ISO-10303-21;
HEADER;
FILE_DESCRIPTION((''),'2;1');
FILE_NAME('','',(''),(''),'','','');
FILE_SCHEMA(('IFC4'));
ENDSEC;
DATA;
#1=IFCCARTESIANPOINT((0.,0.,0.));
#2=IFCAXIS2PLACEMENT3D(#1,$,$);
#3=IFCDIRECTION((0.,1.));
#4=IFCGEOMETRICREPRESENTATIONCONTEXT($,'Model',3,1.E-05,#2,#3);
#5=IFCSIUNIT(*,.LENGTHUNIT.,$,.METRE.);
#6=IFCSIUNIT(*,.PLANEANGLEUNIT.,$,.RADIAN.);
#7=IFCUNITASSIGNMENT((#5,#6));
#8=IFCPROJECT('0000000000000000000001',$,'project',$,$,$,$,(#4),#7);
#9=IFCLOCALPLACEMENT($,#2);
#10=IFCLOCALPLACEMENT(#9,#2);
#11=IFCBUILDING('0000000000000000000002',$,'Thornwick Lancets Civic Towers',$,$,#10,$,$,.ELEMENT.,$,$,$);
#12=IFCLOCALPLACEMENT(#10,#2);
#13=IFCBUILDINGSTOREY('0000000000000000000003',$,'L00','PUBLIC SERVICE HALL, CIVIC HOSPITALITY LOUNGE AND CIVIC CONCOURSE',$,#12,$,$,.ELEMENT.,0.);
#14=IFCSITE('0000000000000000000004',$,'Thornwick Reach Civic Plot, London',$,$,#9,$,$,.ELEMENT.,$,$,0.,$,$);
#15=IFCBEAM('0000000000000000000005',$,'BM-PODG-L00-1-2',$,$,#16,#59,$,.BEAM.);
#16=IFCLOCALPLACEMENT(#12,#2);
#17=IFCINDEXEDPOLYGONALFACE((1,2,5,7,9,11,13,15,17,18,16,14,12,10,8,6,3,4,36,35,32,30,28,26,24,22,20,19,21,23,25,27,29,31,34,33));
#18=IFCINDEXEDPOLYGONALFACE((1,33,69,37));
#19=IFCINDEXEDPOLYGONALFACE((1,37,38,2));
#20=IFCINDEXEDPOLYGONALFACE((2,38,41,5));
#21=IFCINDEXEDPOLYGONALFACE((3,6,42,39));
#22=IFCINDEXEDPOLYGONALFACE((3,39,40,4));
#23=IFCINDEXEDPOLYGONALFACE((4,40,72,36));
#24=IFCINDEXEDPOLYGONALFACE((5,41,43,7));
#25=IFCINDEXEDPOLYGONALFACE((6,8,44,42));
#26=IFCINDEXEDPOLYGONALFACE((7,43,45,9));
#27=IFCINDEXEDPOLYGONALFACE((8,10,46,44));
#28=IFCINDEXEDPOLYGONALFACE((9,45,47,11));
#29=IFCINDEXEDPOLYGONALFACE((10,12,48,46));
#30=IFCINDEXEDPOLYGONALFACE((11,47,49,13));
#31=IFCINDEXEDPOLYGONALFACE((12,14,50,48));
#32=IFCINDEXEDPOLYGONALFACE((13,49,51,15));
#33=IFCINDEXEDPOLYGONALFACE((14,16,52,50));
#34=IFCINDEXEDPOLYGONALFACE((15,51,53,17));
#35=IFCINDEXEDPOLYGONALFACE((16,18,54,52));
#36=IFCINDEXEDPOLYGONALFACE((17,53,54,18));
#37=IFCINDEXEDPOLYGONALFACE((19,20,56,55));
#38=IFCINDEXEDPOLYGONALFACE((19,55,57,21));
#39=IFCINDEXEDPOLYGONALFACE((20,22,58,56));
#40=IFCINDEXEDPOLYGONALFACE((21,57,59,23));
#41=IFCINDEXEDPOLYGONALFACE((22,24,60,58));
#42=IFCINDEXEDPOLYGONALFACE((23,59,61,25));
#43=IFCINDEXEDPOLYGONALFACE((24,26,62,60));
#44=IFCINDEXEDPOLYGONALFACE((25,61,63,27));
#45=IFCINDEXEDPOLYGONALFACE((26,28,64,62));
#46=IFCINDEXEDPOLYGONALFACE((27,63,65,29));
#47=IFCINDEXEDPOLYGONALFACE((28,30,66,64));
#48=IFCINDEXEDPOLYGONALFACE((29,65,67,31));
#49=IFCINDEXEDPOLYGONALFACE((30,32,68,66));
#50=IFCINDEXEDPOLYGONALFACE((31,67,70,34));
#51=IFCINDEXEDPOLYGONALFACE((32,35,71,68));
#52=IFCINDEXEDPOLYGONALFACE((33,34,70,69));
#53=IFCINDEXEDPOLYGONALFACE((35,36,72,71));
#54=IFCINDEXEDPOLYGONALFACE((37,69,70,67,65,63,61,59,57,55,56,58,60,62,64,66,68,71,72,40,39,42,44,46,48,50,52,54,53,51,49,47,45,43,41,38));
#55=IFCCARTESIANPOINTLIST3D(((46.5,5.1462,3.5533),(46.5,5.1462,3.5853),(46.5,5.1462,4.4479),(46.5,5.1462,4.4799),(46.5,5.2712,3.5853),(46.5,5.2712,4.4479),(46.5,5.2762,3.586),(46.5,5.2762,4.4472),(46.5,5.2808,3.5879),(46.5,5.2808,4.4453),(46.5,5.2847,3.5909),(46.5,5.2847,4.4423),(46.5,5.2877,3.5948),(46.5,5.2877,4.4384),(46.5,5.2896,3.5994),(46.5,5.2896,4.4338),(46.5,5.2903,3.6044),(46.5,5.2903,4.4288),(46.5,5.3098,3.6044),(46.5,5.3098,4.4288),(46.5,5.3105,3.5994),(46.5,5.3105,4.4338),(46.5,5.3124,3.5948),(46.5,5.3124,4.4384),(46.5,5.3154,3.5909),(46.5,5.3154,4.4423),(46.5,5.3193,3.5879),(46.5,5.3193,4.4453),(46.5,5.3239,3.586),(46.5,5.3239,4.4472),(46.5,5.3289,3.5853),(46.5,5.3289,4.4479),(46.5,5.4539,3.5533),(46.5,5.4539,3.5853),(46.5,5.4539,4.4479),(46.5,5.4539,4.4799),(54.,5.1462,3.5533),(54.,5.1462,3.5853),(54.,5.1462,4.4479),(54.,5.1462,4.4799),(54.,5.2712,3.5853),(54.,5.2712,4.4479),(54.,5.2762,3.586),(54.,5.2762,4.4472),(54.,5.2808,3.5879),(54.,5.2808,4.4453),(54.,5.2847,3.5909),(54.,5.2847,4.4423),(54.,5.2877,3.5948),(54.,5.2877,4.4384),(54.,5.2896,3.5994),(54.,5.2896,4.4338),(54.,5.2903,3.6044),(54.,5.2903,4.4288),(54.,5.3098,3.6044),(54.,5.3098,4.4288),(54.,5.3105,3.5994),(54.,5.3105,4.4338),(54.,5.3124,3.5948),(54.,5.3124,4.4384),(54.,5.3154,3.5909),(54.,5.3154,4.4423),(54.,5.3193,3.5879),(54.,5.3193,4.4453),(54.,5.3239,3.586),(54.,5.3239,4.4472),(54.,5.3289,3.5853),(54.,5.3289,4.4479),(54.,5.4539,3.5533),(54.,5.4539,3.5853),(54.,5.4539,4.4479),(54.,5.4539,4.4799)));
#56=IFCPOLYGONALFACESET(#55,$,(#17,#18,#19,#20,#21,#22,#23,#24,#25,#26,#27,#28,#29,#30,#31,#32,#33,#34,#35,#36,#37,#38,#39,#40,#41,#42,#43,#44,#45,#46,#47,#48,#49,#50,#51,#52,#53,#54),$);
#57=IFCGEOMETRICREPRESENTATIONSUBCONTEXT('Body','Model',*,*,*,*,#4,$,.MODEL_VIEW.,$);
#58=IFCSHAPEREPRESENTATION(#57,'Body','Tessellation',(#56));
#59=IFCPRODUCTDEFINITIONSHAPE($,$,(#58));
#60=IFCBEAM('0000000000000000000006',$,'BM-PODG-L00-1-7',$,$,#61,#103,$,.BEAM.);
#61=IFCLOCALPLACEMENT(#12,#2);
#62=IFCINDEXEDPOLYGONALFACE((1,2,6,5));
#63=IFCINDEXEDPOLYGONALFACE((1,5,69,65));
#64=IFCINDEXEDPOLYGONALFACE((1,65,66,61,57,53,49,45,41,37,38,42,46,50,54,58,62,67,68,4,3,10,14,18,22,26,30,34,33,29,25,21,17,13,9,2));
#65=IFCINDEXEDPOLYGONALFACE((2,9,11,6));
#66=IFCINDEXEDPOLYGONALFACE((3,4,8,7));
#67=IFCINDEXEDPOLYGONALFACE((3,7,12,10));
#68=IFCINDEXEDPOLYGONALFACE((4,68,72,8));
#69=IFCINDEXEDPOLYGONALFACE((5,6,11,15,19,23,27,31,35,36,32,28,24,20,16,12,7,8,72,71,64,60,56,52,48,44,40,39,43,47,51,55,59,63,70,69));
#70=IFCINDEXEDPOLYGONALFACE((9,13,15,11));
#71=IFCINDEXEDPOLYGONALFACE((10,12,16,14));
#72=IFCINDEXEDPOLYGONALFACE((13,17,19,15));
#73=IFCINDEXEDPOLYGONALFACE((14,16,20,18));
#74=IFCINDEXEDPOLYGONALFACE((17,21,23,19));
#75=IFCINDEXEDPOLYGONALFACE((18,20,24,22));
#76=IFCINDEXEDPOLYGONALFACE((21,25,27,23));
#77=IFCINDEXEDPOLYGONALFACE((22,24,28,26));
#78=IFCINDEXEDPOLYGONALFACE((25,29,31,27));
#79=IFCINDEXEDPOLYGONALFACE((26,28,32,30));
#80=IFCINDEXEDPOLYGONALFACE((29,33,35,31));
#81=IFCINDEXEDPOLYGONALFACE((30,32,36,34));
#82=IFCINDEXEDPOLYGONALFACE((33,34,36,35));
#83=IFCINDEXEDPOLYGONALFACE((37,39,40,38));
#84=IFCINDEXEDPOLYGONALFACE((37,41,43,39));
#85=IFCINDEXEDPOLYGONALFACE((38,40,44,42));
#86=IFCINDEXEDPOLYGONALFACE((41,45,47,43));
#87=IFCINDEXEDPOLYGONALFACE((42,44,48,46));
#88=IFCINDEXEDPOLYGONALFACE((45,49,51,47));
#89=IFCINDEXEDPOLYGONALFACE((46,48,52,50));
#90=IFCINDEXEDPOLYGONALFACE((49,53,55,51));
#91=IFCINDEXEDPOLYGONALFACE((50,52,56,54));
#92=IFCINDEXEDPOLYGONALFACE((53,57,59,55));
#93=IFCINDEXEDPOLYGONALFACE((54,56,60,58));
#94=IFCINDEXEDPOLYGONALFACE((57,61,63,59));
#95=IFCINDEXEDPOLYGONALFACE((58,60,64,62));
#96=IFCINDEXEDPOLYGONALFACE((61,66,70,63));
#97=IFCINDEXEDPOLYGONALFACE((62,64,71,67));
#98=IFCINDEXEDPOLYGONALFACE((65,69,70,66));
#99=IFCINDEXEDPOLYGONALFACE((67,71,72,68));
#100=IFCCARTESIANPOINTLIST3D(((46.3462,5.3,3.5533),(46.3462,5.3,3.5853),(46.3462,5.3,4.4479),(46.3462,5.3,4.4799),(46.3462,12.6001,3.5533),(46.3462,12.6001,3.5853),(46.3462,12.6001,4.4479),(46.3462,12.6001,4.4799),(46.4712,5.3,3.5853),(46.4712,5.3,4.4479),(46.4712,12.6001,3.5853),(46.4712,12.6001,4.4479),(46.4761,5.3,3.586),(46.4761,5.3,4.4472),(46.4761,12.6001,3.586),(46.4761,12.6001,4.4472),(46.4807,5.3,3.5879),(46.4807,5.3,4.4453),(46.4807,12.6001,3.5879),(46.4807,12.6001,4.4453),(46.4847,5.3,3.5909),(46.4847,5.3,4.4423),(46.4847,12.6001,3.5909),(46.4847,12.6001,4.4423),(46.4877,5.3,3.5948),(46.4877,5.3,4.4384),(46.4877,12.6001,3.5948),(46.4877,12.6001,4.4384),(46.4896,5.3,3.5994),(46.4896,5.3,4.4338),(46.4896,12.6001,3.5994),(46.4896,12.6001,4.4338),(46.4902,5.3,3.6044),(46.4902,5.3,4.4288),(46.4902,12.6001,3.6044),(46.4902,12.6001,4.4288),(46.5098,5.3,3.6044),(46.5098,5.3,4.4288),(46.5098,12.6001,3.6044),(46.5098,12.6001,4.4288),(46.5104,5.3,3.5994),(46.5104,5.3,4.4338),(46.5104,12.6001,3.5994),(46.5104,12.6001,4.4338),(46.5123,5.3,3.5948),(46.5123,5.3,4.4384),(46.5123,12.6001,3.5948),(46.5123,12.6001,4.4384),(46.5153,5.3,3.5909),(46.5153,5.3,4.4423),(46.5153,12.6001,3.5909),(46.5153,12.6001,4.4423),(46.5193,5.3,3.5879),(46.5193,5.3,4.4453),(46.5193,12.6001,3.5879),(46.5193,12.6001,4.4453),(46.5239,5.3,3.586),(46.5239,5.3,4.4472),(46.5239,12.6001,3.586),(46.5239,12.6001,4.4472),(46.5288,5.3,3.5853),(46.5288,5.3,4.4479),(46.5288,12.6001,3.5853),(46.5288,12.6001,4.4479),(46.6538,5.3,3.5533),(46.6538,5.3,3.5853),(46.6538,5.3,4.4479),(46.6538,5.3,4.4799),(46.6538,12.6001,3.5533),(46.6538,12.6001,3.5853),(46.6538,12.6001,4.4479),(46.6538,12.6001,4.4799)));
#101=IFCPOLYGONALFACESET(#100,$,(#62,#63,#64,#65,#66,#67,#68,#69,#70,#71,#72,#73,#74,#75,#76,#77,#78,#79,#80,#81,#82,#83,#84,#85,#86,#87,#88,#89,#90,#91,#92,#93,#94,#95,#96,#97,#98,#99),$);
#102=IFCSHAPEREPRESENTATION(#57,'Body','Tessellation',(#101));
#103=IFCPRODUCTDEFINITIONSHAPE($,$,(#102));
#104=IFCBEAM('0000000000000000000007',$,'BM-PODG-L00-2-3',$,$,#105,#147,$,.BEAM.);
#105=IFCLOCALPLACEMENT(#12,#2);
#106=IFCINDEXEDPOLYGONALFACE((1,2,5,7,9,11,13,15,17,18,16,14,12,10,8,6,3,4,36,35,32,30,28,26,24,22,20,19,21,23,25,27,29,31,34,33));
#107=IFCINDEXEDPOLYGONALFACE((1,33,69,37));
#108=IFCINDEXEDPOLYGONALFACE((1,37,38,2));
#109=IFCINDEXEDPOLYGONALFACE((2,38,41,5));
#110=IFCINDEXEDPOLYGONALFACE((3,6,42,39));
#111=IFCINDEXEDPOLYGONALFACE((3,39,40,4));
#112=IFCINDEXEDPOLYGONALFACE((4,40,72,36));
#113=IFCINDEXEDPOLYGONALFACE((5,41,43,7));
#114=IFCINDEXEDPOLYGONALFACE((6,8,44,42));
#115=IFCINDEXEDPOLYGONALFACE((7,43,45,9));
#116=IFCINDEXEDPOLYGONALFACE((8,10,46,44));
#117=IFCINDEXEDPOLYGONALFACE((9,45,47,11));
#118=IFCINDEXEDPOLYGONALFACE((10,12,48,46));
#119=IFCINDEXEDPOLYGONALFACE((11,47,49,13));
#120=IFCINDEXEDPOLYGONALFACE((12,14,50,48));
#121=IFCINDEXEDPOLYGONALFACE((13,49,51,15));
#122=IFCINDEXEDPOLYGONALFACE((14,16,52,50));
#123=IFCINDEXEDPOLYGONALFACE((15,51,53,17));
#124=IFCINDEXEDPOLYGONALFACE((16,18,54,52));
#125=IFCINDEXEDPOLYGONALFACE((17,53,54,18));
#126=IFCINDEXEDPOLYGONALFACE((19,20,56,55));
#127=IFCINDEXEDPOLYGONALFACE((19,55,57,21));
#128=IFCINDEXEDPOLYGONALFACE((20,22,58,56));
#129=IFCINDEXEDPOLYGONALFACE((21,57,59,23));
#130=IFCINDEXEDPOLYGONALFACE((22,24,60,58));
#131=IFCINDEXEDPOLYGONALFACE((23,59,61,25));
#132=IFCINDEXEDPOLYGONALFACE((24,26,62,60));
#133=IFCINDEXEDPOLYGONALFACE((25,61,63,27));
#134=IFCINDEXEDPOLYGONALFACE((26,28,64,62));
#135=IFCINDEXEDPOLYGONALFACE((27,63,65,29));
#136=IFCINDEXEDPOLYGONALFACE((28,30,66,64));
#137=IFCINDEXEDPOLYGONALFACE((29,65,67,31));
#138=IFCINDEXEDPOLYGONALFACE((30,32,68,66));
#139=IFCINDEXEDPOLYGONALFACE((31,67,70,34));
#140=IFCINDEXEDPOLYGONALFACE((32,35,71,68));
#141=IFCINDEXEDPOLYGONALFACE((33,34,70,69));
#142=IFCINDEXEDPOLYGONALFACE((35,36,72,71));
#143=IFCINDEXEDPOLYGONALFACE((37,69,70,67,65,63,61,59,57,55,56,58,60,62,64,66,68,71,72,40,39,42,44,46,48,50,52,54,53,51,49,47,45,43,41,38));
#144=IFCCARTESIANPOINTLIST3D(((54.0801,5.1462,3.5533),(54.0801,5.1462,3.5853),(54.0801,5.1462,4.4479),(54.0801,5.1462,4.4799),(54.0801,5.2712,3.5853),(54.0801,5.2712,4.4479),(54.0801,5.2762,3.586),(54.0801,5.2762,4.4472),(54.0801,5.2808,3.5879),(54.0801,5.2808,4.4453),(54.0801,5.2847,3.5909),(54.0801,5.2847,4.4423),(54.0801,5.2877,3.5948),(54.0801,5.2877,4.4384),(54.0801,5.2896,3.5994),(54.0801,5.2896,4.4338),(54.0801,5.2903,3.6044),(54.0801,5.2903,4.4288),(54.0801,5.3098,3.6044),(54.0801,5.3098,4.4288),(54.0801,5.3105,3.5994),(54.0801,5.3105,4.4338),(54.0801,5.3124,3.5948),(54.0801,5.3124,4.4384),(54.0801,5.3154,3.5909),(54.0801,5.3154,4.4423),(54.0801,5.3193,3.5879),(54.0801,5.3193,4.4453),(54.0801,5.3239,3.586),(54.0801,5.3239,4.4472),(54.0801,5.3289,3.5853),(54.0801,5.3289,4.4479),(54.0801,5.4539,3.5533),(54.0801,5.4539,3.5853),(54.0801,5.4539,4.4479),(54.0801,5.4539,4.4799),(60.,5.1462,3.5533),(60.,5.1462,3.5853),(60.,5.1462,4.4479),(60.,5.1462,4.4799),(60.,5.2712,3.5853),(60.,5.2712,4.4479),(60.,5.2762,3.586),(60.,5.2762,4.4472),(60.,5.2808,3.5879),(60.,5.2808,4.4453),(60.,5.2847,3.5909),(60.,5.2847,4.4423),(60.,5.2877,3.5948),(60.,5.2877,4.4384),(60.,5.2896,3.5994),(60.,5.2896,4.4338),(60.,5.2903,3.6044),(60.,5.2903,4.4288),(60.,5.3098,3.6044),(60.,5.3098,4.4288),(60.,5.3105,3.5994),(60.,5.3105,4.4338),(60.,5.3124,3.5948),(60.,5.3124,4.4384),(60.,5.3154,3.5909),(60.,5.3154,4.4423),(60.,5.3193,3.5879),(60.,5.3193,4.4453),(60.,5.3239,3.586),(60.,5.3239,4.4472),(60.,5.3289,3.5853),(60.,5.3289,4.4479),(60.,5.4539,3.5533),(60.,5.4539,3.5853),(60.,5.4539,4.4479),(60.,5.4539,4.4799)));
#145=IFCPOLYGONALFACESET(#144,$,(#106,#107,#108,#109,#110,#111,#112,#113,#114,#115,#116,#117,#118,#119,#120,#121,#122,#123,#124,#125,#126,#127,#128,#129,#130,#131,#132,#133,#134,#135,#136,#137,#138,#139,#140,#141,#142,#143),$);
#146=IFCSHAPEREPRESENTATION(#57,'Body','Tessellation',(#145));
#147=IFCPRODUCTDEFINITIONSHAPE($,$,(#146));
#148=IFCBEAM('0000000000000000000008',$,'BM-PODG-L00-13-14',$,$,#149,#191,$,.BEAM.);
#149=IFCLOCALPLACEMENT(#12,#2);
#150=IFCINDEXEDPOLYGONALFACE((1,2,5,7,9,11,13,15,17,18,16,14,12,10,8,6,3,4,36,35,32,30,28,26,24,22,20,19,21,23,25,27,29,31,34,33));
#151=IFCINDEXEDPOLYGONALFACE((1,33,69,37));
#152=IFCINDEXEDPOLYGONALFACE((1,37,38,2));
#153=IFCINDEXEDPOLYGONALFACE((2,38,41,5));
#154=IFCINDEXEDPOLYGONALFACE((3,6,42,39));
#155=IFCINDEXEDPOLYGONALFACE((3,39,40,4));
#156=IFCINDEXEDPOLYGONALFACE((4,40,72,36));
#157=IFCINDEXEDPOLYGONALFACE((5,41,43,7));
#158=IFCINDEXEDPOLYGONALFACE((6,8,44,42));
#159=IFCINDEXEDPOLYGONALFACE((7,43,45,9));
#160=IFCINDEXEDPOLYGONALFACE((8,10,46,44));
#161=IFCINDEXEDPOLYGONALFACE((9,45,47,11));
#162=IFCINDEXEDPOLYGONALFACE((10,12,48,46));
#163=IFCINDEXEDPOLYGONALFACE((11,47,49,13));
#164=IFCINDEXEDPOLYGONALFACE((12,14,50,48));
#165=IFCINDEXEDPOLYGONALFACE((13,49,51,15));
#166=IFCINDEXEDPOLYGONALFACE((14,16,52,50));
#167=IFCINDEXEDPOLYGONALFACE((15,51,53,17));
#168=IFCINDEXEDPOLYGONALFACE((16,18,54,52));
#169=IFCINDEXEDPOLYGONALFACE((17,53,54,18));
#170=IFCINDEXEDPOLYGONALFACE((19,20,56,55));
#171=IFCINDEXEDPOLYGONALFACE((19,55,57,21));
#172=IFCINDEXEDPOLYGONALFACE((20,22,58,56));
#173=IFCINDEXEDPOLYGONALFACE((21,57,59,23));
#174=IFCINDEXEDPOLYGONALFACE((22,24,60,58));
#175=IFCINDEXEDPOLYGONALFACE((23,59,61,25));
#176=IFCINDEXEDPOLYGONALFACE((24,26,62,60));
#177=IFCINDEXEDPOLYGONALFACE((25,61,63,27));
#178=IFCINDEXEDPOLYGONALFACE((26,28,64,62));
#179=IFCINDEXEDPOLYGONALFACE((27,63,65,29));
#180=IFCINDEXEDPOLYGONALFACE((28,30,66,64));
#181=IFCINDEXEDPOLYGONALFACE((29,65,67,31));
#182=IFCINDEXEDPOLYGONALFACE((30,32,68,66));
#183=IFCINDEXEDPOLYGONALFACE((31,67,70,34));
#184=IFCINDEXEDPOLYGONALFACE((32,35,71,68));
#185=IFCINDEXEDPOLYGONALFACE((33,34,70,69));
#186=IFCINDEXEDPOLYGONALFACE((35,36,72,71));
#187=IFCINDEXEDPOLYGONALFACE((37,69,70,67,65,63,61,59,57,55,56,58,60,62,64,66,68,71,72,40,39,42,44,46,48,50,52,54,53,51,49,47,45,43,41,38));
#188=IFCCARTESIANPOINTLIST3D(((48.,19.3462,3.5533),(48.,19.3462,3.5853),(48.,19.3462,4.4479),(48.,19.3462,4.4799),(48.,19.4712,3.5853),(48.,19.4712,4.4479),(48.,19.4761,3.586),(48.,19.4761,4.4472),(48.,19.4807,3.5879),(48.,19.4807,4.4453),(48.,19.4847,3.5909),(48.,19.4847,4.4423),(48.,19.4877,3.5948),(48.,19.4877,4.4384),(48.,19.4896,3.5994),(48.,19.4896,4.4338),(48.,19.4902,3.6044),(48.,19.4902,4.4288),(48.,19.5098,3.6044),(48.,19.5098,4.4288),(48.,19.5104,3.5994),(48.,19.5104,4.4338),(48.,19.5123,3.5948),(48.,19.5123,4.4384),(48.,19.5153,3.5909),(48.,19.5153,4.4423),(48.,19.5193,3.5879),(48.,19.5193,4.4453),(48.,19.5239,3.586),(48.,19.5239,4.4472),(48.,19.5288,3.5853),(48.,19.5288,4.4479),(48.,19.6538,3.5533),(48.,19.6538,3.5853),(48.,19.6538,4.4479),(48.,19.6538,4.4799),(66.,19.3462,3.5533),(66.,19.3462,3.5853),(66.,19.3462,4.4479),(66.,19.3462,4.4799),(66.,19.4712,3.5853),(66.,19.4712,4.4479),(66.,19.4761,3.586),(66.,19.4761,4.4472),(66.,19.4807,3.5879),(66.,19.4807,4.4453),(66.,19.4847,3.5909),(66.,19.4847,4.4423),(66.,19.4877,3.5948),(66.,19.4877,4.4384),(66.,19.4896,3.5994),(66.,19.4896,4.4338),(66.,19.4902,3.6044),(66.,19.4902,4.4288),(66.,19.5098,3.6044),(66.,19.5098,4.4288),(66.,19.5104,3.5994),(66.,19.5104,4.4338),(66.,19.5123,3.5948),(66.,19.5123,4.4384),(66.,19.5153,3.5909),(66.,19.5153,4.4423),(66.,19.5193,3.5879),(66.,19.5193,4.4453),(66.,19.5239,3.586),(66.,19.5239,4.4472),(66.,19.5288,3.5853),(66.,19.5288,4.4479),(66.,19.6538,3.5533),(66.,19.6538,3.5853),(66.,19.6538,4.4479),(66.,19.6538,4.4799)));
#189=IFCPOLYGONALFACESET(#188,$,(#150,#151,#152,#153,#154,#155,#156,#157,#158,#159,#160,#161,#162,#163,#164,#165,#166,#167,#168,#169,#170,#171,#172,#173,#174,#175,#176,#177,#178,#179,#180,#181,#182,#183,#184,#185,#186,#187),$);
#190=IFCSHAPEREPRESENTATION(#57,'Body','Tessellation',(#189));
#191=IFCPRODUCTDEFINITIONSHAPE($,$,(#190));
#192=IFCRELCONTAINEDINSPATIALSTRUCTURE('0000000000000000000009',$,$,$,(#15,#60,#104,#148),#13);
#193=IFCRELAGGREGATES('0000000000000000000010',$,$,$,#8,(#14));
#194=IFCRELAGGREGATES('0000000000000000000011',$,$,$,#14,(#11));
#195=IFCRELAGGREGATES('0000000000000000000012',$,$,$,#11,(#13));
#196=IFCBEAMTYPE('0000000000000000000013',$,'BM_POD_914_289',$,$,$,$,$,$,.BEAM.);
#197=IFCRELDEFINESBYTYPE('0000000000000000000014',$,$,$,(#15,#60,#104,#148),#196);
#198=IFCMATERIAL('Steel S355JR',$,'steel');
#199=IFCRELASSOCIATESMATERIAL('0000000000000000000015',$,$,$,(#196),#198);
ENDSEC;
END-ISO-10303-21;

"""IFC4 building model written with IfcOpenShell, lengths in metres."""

from ifc_helpers import new_model, si_unit, direction, frame, origin, origin_2d, place, context, subcontext, project, spatial, i_section, extrude, material, material_profile, profile_set, type_object, element, save


model = new_model("IFC4")

# Units and contexts
model_context = context("Model", 3, precision=1e-05, world=origin(), true_north=direction((0.0, 1.0)))
body_context = subcontext(model_context, "Body", "Model", "MODEL_VIEW")
ifc_project = project(units=[si_unit("LENGTHUNIT", "METRE"), si_unit("PLANEANGLEUNIT", "RADIAN")], contexts=[model_context])

# Site, building, storey
site_placement = place(None, origin())
site = spatial("IfcSite", under=ifc_project, at=site_placement, Name="Thornwick Reach Civic Plot, London", CompositionType="ELEMENT", RefElevation=0.0)
building_placement = place(site_placement, origin())
building = spatial("IfcBuilding", under=site, at=building_placement, Name="Thornwick Lancets Civic Towers", CompositionType="ELEMENT")
storey_placement = place(building_placement, origin())
storey = spatial("IfcBuildingStorey", under=building, at=storey_placement, Name="L00", Description="PUBLIC SERVICE HALL, CIVIC HOSPITALITY LOUNGE AND CIVIC CONCOURSE", CompositionType="ELEMENT", Elevation=0.0)

# Beams
ifc_material_1 = material(Name="Steel S355JR", Category="steel")
ifc_material_profile_1 = material_profile(ifc_material_1, i_section(OverallWidth=0.3076, OverallDepth=0.9265, WebThickness=0.0195, FlangeThickness=0.032, FilletRadius=0.019, at=origin_2d()), Name="UKB 914x305x289")
ifc_profile_set_1 = profile_set([ifc_material_profile_1], Name="Steel S355JR")
beam_type = type_object("IfcBeamType", Name="BM_POD_914_289", PredefinedType="BEAM", material=ifc_profile_set_1)
beam_1_placement = place(storey_placement, frame((46.5, 5.3, 4.0166), z_axis=(1.0, 0.0, 0.0), x_axis=(0.0, 1.0, 0.0)))
element("IfcBeam", 1, at=beam_1_placement, inside=storey, type_object=beam_type, Name="BM-PODG-L00-1-2", PredefinedType="BEAM", context=body_context, shape_type="SweptSolid", body=[
    extrude(i_section(OverallWidth=0.3076, OverallDepth=0.9265, WebThickness=0.0195, FlangeThickness=0.032, FilletRadius=0.019, at=origin_2d()), origin(), (0.0, 0.0, 1.0), 7.5),
])
beam_2_placement = place(storey_placement, frame((46.5, 5.3, 4.0166), z_axis=(0.0, 1.0, 0.0), x_axis=(-1.0, 0.0, 0.0)))
element("IfcBeam", 2, at=beam_2_placement, inside=storey, type_object=beam_type, Name="BM-PODG-L00-1-7", PredefinedType="BEAM", context=body_context, shape_type="SweptSolid", body=[
    extrude(i_section(OverallWidth=0.3076, OverallDepth=0.9265, WebThickness=0.0195, FlangeThickness=0.032, FilletRadius=0.019, at=origin_2d()), origin(), (0.0, 0.0, 1.0), 7.3),
])
beam_3_placement = place(storey_placement, frame((54.0801, 5.3, 4.0166), z_axis=(1.0, 0.0, 0.0), x_axis=(0.0, 1.0, 0.0)))
element("IfcBeam", 3, at=beam_3_placement, inside=storey, type_object=beam_type, Name="BM-PODG-L00-2-3", PredefinedType="BEAM", context=body_context, shape_type="SweptSolid", body=[
    extrude(i_section(OverallWidth=0.3076, OverallDepth=0.9265, WebThickness=0.0195, FlangeThickness=0.032, FilletRadius=0.019, at=origin_2d()), origin(), (0.0, 0.0, 1.0), 5.9199),
])
beam_4_placement = place(storey_placement, frame((48.0, 19.5, 4.0166), z_axis=(1.0, 0.0, 0.0), x_axis=(0.0, 1.0, 0.0)))
element("IfcBeam", 4, at=beam_4_placement, inside=storey, type_object=beam_type, Name="BM-PODG-L00-13-14", PredefinedType="BEAM", context=body_context, shape_type="SweptSolid", body=[
    extrude(i_section(OverallWidth=0.3076, OverallDepth=0.9265, WebThickness=0.0195, FlangeThickness=0.032, FilletRadius=0.019, at=origin_2d()), origin(), (0.0, 0.0, 1.0), 18.0),
])

save(model, "model.ifc")
